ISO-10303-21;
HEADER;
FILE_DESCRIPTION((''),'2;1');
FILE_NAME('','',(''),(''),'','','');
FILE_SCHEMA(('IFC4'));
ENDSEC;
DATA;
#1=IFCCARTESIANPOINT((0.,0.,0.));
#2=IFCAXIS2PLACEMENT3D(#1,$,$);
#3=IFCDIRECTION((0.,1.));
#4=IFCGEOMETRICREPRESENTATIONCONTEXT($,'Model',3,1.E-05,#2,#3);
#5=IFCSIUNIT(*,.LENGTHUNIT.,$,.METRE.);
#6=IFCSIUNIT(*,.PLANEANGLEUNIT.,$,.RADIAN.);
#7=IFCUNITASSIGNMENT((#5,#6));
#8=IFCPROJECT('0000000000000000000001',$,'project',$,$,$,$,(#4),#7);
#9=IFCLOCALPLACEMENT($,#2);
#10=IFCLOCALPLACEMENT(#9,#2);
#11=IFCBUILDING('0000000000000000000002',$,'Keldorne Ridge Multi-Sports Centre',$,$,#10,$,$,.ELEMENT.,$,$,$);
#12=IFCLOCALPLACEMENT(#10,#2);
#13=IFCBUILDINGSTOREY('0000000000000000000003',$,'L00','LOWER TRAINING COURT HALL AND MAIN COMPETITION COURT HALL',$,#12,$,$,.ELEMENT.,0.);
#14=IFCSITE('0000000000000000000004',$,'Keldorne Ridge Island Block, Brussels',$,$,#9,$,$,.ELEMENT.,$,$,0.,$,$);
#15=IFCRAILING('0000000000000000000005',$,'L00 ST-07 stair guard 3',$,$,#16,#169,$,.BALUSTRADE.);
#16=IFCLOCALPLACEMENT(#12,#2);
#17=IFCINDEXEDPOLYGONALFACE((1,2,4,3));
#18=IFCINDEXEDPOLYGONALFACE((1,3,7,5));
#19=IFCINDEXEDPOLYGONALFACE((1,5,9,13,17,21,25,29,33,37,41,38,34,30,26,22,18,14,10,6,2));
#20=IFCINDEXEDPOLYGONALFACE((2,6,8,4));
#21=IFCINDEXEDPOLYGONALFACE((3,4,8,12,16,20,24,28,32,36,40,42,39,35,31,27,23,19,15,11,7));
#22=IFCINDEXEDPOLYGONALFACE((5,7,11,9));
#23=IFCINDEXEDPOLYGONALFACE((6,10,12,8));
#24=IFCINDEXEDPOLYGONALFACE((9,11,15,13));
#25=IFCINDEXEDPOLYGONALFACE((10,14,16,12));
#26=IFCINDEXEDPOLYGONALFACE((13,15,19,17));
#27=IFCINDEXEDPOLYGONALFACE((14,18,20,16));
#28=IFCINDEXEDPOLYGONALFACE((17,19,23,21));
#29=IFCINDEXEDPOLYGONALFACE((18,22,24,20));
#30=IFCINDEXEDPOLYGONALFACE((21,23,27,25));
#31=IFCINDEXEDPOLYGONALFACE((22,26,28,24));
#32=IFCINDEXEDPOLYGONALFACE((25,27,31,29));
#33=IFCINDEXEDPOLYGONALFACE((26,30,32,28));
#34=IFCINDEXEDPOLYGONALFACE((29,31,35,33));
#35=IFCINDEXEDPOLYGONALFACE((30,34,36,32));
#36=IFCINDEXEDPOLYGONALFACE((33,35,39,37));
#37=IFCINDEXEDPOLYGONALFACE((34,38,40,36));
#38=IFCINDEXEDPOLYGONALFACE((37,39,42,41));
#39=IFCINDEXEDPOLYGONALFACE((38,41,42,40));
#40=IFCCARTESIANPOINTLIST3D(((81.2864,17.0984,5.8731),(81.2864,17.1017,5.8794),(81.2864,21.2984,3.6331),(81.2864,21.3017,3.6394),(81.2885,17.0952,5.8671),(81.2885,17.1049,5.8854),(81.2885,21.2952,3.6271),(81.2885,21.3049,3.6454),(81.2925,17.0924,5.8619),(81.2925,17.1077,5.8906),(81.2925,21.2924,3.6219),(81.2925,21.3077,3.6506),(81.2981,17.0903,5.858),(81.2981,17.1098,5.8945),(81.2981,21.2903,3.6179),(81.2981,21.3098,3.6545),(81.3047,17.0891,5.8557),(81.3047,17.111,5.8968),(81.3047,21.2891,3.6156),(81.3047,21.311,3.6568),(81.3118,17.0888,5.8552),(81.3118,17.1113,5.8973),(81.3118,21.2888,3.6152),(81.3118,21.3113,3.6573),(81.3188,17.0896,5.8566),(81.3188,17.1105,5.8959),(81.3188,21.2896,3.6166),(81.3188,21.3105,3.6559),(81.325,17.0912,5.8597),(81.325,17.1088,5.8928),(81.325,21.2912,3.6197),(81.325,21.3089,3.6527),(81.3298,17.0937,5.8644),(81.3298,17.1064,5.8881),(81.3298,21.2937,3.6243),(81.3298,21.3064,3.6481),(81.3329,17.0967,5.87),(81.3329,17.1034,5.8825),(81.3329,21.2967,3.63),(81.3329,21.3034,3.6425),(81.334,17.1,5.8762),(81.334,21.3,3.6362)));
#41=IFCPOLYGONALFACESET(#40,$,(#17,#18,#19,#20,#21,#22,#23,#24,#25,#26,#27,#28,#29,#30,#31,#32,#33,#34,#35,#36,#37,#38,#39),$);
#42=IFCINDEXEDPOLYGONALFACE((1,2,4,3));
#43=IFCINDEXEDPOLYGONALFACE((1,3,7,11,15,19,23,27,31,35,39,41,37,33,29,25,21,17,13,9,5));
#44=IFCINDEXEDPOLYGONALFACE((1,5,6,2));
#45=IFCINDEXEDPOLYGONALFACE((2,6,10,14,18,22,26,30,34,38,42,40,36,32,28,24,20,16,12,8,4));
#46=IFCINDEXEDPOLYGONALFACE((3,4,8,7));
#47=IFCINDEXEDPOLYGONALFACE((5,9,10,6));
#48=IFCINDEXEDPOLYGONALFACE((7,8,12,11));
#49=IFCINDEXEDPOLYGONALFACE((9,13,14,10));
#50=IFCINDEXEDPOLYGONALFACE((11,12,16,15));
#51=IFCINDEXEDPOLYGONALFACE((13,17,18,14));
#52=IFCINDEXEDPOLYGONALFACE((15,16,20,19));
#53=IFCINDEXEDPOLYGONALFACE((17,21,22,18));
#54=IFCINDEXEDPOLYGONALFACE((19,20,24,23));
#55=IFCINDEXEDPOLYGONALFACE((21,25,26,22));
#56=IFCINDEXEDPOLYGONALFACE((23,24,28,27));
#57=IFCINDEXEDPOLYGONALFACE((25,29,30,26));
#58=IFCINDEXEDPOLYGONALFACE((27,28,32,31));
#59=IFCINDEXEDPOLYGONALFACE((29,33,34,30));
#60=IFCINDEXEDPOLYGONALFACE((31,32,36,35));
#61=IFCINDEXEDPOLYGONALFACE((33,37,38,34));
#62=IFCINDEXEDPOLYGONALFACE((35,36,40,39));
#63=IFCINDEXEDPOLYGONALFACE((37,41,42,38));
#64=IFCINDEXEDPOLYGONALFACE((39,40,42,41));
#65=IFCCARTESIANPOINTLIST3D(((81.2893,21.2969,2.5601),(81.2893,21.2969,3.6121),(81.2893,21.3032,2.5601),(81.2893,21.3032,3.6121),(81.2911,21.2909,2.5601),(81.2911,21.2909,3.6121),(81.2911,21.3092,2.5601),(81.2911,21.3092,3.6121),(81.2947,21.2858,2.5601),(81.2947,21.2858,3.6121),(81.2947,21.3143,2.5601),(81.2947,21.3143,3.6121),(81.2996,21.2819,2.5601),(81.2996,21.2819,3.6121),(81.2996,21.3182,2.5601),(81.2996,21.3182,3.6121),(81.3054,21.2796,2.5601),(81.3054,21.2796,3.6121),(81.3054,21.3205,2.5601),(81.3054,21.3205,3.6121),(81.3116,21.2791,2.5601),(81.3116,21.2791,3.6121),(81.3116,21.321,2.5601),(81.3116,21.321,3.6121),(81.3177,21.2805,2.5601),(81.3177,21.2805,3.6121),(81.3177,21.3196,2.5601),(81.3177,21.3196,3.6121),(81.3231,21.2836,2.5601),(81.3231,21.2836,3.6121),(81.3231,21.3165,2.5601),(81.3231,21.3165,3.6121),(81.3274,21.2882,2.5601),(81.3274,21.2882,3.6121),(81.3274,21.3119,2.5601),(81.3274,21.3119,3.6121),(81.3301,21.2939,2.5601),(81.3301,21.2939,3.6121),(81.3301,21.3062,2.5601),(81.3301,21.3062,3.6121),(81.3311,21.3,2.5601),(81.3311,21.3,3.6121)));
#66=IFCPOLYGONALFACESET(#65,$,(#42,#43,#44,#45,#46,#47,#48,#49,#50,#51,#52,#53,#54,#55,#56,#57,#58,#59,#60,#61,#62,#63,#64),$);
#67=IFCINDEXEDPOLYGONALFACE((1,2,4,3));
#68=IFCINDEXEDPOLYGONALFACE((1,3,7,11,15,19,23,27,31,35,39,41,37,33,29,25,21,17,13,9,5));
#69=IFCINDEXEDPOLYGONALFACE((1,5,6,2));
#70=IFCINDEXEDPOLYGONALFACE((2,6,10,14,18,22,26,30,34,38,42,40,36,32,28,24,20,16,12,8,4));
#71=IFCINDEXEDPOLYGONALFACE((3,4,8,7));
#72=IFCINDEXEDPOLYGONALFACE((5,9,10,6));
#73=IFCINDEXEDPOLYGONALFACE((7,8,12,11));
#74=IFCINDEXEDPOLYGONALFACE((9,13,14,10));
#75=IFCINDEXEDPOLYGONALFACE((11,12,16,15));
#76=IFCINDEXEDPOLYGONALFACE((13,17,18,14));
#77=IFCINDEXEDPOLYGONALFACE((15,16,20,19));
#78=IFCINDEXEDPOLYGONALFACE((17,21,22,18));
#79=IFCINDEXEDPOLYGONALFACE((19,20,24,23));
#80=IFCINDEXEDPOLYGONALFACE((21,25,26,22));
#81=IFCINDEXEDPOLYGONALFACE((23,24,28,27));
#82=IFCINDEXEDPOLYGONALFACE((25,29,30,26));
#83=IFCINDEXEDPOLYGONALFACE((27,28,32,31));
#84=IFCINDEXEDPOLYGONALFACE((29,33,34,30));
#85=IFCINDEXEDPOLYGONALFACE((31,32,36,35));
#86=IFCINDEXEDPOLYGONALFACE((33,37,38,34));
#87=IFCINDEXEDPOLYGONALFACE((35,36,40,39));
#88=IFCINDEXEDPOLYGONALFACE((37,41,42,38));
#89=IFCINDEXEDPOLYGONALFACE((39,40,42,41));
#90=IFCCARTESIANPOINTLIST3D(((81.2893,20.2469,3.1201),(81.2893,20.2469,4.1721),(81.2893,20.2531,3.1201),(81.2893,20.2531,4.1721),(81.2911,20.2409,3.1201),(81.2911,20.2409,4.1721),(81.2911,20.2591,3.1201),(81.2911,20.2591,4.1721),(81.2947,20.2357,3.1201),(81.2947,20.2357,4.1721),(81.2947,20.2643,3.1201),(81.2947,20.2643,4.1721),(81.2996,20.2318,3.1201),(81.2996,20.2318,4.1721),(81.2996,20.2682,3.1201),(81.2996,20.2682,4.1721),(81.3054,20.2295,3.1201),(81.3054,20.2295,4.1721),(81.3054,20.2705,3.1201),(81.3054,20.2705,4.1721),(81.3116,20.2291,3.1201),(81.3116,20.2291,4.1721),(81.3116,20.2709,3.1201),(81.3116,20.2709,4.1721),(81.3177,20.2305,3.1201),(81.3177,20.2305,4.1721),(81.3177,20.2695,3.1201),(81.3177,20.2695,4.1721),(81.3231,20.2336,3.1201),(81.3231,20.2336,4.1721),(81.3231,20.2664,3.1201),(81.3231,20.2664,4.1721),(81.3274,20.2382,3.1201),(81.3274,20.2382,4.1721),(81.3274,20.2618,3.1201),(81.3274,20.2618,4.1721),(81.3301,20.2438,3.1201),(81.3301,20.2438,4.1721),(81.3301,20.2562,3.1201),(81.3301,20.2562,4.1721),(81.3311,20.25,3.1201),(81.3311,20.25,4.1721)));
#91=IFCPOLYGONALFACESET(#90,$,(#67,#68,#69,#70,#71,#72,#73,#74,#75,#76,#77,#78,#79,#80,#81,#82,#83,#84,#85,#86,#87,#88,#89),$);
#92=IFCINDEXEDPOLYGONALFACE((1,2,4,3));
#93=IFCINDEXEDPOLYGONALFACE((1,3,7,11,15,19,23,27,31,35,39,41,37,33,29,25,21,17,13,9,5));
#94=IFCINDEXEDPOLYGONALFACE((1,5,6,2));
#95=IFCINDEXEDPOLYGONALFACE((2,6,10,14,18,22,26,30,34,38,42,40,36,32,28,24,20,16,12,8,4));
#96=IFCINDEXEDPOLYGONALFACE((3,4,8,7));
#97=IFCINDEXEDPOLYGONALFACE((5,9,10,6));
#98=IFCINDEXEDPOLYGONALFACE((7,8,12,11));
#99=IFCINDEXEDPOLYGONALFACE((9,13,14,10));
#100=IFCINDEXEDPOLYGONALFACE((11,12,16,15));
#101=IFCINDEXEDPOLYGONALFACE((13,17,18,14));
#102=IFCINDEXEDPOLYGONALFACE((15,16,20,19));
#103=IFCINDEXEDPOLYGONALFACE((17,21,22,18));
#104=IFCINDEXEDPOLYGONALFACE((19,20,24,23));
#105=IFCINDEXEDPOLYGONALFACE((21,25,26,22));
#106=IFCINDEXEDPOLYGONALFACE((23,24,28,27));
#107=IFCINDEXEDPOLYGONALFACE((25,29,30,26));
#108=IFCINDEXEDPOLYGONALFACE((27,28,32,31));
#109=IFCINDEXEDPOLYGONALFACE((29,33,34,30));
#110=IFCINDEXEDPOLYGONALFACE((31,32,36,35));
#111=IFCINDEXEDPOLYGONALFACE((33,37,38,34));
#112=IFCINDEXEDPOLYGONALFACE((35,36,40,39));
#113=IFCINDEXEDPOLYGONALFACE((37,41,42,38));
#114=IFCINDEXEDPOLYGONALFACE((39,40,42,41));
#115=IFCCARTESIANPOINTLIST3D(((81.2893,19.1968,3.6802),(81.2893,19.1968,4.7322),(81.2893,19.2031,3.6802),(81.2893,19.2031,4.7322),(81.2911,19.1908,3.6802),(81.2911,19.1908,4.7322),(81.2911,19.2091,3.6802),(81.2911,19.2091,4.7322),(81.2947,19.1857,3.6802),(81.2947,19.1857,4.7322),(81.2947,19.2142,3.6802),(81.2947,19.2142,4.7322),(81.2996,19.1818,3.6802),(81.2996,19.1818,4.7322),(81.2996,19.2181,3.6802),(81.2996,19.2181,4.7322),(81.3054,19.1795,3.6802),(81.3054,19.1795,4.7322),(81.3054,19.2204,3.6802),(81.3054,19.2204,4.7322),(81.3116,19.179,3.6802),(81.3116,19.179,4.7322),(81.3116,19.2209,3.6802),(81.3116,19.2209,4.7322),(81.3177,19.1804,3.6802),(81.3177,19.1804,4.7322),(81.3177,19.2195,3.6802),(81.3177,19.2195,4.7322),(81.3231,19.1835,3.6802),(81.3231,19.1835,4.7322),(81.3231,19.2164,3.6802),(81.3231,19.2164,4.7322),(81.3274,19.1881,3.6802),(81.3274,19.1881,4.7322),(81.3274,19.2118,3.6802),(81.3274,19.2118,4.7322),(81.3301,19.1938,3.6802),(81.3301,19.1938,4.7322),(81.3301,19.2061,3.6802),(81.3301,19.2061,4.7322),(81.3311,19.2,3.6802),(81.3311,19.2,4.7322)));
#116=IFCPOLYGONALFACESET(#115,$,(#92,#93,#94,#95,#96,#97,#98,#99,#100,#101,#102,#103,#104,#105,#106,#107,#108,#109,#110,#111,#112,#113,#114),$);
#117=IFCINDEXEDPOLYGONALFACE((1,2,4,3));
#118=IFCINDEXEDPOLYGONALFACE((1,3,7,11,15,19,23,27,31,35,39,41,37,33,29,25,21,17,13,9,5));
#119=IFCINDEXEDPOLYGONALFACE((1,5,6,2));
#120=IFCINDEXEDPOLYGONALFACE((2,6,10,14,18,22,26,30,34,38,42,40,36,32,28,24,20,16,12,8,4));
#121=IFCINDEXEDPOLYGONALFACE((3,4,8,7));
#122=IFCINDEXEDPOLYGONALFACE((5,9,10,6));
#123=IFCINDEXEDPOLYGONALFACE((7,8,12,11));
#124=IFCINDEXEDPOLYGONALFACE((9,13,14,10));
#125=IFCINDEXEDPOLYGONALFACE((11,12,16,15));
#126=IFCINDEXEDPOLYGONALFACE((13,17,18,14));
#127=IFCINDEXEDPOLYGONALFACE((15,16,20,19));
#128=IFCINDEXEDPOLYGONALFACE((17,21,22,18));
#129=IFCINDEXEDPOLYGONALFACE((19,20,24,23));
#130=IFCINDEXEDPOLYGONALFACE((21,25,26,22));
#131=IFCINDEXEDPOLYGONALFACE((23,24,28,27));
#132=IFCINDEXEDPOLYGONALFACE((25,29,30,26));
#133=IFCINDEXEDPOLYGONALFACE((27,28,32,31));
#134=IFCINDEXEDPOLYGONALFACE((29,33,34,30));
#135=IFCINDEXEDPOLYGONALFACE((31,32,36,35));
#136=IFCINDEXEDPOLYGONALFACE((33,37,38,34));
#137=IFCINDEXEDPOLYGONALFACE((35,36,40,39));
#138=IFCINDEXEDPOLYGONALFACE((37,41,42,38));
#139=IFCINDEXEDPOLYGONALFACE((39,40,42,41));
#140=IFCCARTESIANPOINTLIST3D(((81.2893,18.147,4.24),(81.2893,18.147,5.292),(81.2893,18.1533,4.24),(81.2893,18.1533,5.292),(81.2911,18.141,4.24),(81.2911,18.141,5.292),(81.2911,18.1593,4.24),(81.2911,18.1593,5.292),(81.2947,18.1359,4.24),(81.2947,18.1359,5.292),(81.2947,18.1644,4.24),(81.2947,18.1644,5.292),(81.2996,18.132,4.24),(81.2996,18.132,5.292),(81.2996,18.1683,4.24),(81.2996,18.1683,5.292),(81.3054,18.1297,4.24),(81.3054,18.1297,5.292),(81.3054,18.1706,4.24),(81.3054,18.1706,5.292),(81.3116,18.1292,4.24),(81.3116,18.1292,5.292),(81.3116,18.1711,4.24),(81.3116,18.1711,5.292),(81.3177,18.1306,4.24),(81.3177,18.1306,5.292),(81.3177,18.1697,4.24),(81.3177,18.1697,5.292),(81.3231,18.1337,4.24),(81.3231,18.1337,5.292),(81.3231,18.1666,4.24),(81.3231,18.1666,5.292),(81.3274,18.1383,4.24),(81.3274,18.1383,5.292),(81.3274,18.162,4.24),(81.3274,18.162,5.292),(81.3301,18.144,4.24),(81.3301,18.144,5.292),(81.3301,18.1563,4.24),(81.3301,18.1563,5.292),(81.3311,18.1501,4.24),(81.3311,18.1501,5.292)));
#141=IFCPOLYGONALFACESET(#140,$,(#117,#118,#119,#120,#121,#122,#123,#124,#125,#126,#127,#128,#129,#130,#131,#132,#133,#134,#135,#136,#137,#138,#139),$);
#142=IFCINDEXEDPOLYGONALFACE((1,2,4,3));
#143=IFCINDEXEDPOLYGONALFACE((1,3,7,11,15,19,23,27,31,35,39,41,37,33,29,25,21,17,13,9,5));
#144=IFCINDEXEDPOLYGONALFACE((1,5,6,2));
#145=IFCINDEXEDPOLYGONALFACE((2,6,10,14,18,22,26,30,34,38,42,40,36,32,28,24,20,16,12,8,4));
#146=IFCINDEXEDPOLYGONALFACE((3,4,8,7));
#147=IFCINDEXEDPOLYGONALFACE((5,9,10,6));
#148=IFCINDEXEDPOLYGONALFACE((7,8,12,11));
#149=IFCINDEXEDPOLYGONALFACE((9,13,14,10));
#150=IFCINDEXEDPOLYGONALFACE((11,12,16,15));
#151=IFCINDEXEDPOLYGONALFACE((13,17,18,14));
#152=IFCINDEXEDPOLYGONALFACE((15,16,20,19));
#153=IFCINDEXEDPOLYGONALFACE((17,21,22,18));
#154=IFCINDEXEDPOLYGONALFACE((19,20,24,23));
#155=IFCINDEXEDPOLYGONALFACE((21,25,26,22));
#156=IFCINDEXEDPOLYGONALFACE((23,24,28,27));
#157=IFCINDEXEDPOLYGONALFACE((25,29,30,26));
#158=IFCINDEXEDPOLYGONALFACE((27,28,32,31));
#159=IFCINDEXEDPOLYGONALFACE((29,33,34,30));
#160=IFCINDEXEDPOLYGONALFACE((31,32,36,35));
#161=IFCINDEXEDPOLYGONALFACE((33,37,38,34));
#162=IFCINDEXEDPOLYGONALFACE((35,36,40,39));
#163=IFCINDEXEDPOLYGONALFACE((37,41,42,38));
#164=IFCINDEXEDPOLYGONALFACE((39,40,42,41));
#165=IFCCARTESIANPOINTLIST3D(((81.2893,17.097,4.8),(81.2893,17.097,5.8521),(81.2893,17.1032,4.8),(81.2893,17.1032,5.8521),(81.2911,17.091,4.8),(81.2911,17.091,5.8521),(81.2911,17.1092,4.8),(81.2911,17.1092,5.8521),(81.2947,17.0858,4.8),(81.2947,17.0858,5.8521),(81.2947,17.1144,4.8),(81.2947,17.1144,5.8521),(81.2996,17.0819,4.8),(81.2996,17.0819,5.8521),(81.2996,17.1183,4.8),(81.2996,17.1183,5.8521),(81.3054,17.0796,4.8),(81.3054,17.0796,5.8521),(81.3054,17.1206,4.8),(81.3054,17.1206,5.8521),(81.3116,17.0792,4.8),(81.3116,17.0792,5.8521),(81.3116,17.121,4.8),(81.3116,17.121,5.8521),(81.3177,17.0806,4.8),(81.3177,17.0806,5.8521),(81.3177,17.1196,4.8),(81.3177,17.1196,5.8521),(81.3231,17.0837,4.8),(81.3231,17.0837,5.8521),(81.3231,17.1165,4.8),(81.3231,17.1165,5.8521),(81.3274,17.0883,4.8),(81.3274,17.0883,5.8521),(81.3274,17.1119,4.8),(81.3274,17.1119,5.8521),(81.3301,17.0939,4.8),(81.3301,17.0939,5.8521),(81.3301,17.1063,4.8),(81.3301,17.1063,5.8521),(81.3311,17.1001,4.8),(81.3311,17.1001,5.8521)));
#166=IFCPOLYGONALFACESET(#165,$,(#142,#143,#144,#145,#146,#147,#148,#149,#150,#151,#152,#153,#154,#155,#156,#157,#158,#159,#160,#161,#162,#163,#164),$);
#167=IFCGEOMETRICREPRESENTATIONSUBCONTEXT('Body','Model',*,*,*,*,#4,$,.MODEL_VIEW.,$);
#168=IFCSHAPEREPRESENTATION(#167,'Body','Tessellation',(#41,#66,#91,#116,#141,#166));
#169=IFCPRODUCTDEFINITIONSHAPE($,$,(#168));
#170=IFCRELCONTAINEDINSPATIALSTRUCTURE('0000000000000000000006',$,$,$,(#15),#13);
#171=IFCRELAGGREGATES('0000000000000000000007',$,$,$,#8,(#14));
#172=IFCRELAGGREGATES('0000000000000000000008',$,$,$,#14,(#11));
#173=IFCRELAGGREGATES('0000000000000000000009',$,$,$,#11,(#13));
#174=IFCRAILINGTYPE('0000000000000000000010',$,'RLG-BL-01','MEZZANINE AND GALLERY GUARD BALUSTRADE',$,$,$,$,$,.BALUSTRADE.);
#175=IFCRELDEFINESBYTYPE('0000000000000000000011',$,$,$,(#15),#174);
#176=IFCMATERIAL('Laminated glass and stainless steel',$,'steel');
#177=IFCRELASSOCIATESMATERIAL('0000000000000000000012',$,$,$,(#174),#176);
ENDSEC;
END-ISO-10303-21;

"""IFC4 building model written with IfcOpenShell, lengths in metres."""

from ifc_helpers import new_model, si_unit, direction, frame, origin, origin_2d, place, context, subcontext, project, spatial, circle, extrude, material, type_object, element, save


model = new_model("IFC4")

# Units and contexts
model_context = context("Model", 3, precision=1e-05, world=origin(), true_north=direction((0.0, 1.0)))
body_context = subcontext(model_context, "Body", "Model", "MODEL_VIEW")
ifc_project = project(units=[si_unit("LENGTHUNIT", "METRE"), si_unit("PLANEANGLEUNIT", "RADIAN")], contexts=[model_context])

# Site, building, storey
site_placement = place(None, origin())
site = spatial("IfcSite", under=ifc_project, at=site_placement, Name="Keldorne Ridge Island Block, Brussels", CompositionType="ELEMENT", RefElevation=0.0)
building_placement = place(site_placement, origin())
building = spatial("IfcBuilding", under=site, at=building_placement, Name="Keldorne Ridge Multi-Sports Centre", CompositionType="ELEMENT")
storey_placement = place(building_placement, origin())
storey = spatial("IfcBuildingStorey", under=building, at=storey_placement, Name="L00", Description="LOWER TRAINING COURT HALL AND MAIN COMPETITION COURT HALL", CompositionType="ELEMENT", Elevation=0.0)

# Railing
ifc_material_1 = material(Name="Laminated glass and stainless steel", Category="steel")
railing_type_1 = type_object("IfcRailingType", Name="RLG-BL-01", Description="MEZZANINE AND GALLERY GUARD BALUSTRADE", PredefinedType="BALUSTRADE", material=ifc_material_1)
railing_1_placement = place(storey_placement, frame((81.3101, 21.3, 2.5601)))
element("IfcRailing", 1, at=railing_1_placement, inside=storey, type_object=railing_type_1, Name="L00 ST-07 stair guard 3", PredefinedType="BALUSTRADE", context=body_context, shape_type="SweptSolid", body=[
    extrude(circle(Radius=0.0239, at=origin_2d()), frame((0.0, 0.0, 1.0762), z_axis=(0.0, -0.882352, 0.470591), x_axis=(1.0, 0.0, 0.0)), (0.0, 0.0, 1.0), 4.76),
    extrude(circle(Radius=0.021, at=origin_2d()), origin(), (0.0, 0.0, 1.0), 1.052),
    extrude(circle(Radius=0.021, at=origin_2d()), frame((0.0, -1.05, 0.5601)), (0.0, 0.0, 1.0), 1.052),
    extrude(circle(Radius=0.021, at=origin_2d()), frame((0.0, -2.1001, 1.1201)), (0.0, 0.0, 1.0), 1.052),
    extrude(circle(Radius=0.021, at=origin_2d()), frame((0.0, -3.1499, 1.6799)), (0.0, 0.0, 1.0), 1.052),
    extrude(circle(Radius=0.021, at=origin_2d()), frame((0.0, -4.2, 2.24)), (0.0, 0.0, 1.0), 1.052),
])

save(model, "model.ifc")
